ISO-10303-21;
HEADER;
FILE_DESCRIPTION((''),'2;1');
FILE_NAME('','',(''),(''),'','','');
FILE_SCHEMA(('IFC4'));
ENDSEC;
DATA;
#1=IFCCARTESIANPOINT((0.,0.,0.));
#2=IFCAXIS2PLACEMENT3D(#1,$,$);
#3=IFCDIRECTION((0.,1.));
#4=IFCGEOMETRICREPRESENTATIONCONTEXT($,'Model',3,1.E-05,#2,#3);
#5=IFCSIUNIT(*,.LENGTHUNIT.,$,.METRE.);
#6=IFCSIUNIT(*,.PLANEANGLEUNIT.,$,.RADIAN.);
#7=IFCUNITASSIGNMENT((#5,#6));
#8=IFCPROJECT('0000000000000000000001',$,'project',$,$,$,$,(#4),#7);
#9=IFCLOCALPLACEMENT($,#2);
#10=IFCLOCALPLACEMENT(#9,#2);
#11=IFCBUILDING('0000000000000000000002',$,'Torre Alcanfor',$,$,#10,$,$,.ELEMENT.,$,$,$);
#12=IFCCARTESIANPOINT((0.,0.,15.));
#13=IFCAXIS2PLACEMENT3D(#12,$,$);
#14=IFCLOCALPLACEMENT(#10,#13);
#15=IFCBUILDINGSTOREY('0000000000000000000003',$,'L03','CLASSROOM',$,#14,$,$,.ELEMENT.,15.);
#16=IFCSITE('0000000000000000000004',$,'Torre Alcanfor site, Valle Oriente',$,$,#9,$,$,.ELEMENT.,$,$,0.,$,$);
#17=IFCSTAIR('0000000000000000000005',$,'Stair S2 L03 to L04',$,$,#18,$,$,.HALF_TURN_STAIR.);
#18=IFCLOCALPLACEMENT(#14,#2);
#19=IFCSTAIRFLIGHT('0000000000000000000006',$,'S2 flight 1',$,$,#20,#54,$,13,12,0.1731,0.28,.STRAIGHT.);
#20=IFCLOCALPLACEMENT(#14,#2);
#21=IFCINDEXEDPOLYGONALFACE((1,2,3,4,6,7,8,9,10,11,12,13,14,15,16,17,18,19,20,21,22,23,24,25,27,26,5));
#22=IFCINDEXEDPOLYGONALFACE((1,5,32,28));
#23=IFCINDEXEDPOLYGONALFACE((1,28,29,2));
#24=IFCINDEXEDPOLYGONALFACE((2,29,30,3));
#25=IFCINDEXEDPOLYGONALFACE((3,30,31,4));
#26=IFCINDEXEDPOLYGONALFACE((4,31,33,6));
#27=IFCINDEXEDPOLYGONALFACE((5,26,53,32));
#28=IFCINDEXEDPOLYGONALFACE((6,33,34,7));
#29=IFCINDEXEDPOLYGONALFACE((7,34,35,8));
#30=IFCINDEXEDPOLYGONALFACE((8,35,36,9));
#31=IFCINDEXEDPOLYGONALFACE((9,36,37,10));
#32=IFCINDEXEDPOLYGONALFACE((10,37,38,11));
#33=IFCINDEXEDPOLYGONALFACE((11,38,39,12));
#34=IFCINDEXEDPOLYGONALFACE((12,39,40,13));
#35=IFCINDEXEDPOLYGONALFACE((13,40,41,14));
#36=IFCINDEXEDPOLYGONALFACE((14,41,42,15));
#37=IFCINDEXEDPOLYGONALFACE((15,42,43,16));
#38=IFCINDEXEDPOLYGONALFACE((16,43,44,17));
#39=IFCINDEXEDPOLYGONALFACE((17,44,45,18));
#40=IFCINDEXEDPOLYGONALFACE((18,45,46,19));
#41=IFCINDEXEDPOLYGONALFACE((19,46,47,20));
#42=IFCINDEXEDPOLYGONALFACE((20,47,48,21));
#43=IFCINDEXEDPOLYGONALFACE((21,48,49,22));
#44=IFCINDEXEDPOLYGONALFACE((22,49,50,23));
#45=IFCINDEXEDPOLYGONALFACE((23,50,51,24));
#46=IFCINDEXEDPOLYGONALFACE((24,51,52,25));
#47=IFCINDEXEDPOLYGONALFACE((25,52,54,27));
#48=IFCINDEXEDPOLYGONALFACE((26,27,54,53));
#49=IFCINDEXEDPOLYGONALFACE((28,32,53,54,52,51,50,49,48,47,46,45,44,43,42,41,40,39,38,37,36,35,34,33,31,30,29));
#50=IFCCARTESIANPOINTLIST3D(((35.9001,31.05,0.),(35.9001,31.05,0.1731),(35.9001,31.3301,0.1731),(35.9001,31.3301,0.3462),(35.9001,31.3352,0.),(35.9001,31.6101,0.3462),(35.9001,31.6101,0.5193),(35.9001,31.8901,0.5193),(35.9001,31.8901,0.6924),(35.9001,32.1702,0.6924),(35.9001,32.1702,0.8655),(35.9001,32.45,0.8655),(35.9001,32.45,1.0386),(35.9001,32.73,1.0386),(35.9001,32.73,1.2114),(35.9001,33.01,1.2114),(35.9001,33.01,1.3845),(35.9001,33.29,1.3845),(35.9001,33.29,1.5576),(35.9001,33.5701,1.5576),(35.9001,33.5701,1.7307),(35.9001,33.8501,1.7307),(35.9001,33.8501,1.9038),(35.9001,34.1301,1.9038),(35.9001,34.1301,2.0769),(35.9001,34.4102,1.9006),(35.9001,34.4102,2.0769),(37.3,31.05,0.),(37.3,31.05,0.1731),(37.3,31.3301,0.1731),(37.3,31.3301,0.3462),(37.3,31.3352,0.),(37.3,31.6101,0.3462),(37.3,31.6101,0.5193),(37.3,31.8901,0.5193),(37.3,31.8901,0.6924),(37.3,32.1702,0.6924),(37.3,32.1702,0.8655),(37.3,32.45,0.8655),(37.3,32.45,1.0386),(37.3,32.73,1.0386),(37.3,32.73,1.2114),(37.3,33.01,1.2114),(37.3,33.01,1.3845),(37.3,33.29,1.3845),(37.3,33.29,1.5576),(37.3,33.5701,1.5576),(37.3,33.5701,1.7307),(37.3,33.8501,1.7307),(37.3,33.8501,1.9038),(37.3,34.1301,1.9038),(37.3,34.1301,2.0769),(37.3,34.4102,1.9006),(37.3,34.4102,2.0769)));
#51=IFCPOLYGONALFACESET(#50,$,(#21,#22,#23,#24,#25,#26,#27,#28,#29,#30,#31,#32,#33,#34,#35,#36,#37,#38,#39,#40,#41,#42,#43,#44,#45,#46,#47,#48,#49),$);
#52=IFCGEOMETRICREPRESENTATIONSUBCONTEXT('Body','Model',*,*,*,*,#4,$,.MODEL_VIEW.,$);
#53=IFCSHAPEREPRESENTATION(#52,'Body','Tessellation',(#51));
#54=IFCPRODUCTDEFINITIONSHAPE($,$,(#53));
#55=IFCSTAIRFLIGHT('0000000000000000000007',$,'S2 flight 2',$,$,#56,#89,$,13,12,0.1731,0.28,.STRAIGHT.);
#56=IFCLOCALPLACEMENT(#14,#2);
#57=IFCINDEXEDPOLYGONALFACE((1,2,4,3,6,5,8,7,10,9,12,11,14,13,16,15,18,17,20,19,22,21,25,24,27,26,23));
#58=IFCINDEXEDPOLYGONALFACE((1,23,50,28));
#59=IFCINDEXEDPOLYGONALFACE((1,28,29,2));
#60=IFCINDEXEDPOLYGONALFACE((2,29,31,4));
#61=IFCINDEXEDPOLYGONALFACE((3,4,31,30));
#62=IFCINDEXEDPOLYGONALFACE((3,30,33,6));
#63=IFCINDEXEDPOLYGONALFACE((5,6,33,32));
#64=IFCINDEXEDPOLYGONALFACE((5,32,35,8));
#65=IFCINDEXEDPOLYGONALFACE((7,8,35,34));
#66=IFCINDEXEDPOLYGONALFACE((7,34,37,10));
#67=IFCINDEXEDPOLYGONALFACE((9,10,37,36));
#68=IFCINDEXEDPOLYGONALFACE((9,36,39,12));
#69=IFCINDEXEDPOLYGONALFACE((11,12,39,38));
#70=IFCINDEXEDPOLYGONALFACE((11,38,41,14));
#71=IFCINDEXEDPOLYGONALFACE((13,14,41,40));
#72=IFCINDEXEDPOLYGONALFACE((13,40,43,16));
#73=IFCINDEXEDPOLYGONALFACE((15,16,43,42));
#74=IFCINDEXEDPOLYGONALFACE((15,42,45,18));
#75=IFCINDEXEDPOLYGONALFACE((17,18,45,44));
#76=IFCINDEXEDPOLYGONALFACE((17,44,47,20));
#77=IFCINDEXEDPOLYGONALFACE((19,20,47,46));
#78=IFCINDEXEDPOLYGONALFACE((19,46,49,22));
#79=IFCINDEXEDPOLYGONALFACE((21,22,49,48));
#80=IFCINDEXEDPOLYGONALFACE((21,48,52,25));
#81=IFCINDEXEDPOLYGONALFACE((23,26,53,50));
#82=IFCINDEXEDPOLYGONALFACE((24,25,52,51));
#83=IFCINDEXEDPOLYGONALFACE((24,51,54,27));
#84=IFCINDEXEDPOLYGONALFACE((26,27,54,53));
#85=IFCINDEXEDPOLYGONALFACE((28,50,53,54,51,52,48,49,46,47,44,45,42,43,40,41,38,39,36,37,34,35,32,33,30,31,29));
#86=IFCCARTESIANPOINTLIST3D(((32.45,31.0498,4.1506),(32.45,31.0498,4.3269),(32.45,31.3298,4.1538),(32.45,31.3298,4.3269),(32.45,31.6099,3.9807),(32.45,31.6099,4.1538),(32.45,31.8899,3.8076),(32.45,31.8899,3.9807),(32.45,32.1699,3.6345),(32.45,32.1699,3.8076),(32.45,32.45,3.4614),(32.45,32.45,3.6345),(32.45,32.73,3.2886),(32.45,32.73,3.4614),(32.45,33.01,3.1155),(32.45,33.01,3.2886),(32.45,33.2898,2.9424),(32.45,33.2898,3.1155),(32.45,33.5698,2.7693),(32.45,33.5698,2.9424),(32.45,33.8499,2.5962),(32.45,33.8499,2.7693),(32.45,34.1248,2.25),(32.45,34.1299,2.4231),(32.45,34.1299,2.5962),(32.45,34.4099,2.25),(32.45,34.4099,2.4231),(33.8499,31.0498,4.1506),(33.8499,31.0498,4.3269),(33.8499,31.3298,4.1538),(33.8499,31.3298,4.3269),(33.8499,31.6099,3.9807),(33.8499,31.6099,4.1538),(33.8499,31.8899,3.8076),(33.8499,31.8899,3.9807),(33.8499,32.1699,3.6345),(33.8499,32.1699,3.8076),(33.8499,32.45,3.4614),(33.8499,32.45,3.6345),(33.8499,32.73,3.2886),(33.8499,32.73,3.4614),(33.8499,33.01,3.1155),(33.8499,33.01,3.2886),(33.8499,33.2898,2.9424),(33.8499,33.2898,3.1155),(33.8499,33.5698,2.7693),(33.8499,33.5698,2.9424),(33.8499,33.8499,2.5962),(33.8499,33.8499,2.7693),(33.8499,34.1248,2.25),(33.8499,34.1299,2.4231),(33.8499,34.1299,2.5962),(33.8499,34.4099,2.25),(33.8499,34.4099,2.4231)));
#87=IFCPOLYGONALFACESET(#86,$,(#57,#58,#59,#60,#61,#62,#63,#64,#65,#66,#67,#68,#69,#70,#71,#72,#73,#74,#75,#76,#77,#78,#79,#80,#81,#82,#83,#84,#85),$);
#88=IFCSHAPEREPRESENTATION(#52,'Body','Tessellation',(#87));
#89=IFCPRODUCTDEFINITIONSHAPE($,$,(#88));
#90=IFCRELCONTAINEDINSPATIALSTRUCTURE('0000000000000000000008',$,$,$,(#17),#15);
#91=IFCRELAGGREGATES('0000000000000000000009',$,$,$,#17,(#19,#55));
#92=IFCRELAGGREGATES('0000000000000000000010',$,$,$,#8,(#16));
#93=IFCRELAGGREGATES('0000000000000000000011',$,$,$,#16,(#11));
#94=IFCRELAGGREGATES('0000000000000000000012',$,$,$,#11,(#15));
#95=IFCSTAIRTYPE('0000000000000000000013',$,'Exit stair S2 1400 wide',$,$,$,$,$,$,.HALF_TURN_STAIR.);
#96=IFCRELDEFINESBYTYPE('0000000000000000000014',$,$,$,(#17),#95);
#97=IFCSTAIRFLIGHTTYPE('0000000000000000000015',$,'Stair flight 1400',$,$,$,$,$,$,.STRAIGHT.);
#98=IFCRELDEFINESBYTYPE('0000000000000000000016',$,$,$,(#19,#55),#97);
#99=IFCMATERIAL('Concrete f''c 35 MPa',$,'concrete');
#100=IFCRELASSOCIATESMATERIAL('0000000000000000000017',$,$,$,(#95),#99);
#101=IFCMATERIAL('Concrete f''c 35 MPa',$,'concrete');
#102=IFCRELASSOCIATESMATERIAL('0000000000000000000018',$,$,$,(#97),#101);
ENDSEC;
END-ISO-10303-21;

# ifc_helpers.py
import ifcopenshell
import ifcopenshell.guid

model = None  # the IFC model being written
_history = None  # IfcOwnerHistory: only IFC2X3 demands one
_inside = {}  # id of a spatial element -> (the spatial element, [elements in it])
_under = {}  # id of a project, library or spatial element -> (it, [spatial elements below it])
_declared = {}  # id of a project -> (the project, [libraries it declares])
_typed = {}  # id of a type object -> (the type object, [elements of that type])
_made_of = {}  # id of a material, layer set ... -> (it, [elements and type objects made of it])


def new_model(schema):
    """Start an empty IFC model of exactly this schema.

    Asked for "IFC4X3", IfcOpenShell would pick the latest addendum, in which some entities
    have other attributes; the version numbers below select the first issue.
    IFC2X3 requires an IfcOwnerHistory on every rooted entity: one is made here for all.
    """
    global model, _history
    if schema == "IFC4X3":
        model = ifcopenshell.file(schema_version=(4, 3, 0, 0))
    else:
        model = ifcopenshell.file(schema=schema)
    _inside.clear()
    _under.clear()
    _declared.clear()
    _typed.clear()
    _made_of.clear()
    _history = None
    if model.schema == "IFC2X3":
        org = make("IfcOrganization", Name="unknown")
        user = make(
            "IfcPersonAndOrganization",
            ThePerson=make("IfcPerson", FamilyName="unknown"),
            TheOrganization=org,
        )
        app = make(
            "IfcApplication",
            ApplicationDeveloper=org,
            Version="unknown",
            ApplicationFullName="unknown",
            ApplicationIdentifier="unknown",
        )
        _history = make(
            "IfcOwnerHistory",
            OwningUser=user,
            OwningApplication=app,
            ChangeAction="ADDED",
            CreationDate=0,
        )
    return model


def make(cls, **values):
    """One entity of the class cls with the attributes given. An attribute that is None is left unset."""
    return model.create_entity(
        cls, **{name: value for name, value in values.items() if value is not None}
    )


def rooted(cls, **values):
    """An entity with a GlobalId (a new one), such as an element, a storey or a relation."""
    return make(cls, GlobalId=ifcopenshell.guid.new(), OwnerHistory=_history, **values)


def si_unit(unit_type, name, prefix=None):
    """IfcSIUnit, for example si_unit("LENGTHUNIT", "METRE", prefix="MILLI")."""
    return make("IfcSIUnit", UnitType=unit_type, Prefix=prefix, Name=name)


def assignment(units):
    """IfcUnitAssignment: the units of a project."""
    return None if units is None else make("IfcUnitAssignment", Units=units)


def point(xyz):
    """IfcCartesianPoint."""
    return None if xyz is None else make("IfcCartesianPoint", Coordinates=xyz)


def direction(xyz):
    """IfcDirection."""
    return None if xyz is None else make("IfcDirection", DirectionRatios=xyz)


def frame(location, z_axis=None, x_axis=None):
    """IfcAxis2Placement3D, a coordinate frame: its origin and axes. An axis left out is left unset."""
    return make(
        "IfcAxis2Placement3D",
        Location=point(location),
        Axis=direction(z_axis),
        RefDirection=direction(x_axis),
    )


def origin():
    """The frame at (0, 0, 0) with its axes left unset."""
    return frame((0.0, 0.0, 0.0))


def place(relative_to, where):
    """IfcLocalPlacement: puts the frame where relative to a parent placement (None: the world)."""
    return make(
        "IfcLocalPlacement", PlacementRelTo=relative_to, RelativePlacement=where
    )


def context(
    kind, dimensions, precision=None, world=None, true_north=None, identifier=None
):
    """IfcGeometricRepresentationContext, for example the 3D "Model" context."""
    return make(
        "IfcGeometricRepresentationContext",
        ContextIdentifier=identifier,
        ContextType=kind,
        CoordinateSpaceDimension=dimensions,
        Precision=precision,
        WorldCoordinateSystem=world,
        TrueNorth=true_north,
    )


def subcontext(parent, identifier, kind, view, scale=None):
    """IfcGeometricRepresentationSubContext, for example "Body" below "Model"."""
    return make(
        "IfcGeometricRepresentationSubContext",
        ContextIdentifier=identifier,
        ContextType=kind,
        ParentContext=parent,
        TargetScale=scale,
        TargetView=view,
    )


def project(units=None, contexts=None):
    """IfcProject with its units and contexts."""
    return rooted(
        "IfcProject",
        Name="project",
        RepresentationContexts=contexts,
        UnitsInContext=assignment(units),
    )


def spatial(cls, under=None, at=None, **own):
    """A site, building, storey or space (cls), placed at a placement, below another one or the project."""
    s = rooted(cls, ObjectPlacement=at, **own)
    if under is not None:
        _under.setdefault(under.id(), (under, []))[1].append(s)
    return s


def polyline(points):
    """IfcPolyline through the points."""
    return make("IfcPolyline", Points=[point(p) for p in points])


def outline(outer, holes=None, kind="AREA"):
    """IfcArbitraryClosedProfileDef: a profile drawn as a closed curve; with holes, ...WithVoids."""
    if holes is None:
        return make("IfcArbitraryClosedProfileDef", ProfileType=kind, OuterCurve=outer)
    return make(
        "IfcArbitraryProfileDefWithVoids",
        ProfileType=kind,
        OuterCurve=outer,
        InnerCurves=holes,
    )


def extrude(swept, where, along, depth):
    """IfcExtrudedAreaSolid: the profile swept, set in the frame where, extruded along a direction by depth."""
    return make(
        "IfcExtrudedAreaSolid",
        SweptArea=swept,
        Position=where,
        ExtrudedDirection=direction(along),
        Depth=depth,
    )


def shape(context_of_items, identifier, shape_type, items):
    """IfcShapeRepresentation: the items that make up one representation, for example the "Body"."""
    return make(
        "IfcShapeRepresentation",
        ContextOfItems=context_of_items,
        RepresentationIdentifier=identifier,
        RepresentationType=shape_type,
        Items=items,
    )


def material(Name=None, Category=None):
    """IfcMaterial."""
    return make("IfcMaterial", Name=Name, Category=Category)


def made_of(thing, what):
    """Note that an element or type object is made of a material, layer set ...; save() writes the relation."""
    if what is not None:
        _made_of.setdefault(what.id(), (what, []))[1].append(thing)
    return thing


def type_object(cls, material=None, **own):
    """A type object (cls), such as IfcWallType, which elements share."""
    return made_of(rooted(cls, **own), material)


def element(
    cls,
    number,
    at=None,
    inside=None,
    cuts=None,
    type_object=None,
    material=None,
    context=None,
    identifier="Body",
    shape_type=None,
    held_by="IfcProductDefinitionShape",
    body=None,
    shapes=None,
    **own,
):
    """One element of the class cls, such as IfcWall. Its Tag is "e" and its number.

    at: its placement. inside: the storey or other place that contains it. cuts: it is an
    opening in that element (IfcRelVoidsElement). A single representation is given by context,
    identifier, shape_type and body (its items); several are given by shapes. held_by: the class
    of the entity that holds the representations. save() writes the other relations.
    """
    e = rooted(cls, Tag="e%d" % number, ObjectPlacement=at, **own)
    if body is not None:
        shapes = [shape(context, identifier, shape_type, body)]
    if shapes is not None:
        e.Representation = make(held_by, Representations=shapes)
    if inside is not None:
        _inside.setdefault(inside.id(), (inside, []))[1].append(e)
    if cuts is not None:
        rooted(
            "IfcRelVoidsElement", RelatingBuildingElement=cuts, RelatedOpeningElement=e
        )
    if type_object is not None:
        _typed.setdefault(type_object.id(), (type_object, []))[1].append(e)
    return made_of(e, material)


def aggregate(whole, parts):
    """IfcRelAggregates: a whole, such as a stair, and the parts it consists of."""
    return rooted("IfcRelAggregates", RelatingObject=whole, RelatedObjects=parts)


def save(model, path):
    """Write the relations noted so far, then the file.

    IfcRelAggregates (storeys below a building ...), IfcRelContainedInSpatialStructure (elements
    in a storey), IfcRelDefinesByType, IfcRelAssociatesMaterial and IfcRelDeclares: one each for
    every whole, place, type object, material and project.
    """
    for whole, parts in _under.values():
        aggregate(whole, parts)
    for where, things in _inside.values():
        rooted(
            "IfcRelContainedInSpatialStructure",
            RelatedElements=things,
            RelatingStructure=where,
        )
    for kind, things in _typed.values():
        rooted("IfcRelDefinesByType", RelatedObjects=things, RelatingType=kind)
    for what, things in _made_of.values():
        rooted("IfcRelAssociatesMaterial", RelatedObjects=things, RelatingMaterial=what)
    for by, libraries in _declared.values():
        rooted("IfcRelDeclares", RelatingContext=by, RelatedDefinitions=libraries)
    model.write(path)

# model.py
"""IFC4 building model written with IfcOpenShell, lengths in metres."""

from ifc_helpers import new_model, si_unit, direction, frame, origin, place, context, subcontext, project, spatial, polyline, outline, extrude, material, type_object, element, aggregate, save


model = new_model("IFC4")

# Units and contexts
model_context = context("Model", 3, precision=1e-05, world=origin(), true_north=direction((0.0, 1.0)))
body_context = subcontext(model_context, "Body", "Model", "MODEL_VIEW")
ifc_project = project(units=[si_unit("LENGTHUNIT", "METRE"), si_unit("PLANEANGLEUNIT", "RADIAN")], contexts=[model_context])

# Site, building, storey
site_placement = place(None, origin())
site = spatial("IfcSite", under=ifc_project, at=site_placement, Name="Torre Alcanfor site, Valle Oriente", CompositionType="ELEMENT", RefElevation=0.0)
building_placement = place(site_placement, origin())
building = spatial("IfcBuilding", under=site, at=building_placement, Name="Torre Alcanfor", CompositionType="ELEMENT")
storey_placement = place(building_placement, frame((0.0, 0.0, 15.0)))
storey = spatial("IfcBuildingStorey", under=building, at=storey_placement, Name="L03", Description="CLASSROOM", CompositionType="ELEMENT", Elevation=15.0)

# Stair, stair flights
ifc_material_1 = material(Name="Concrete f'c 35 MPa", Category="concrete")
stair_type = type_object("IfcStairType", Name="Exit stair S2 1400 wide", PredefinedType="HALF_TURN_STAIR", material=ifc_material_1)
stair_placement = place(storey_placement, origin())
stair = element("IfcStair", 1, at=stair_placement, inside=storey, type_object=stair_type, Name="Stair S2 L03 to L04", PredefinedType="HALF_TURN_STAIR")
ifc_material_2 = material(Name="Concrete f'c 35 MPa", Category="concrete")
stair_flight_type = type_object("IfcStairFlightType", Name="Stair flight 1400", PredefinedType="STRAIGHT", material=ifc_material_2)
stair_flight_1_placement = place(storey_placement, frame((36.6001, 31.05, 0.0), z_axis=(0.0, 0.0, 1.0), x_axis=(0.0, 1.0, 0.0)))
stair_flight_1 = element("IfcStairFlight", 2, at=stair_flight_1_placement, type_object=stair_flight_type, Name="S2 flight 1", NumberOfRisers=13, NumberOfTreads=12, PredefinedType="STRAIGHT", RiserHeight=0.1731, TreadLength=0.28, context=body_context, shape_type="SweptSolid", body=[
    extrude(outline(polyline([(0.0, 0.0), (0.0, 0.1731), (0.28, 0.1731), (0.28, 0.3462), (0.5601, 0.3462), (0.5601, 0.5193), (0.8401, 0.5193), (0.8401, 0.6924), (1.1201, 0.6924), (1.1201, 0.8655), (1.3999, 0.8655), (1.3999, 1.0386), (1.6799, 1.0386), (1.6799, 1.2114), (1.96, 1.2114), (1.96, 1.3845), (2.24, 1.3845), (2.24, 1.5576), (2.52, 1.5576), (2.52, 1.7307), (2.8, 1.7307), (2.8, 1.9038), (3.0801, 1.9038), (3.0801, 2.0769), (3.3601, 2.0769), (3.3601, 2.25), (3.3601, 1.9006), (0.2852, 0.0), (0.0, 0.0)])), frame((0.0, 0.7, 0.0), z_axis=(0.0, -1.0, 0.0), x_axis=(1.0, 0.0, 0.0)), (0.0, 0.0, 1.0), 1.3999),
])
stair_flight_2_placement = place(storey_placement, frame((33.1499, 34.4099, 2.25), z_axis=(0.0, 0.0, 1.0), x_axis=(0.0, -1.0, 0.0)))
stair_flight_2 = element("IfcStairFlight", 3, at=stair_flight_2_placement, type_object=stair_flight_type, Name="S2 flight 2", NumberOfRisers=13, NumberOfTreads=12, PredefinedType="STRAIGHT", RiserHeight=0.1731, TreadLength=0.28, context=body_context, shape_type="SweptSolid", body=[
    extrude(outline(polyline([(0.0, 0.0), (0.0, 0.1731), (0.28, 0.1731), (0.28, 0.3462), (0.5601, 0.3462), (0.5601, 0.5193), (0.8401, 0.5193), (0.8401, 0.6924), (1.1201, 0.6924), (1.1201, 0.8655), (1.3999, 0.8655), (1.3999, 1.0386), (1.6799, 1.0386), (1.6799, 1.2114), (1.96, 1.2114), (1.96, 1.3845), (2.24, 1.3845), (2.24, 1.5576), (2.52, 1.5576), (2.52, 1.7307), (2.8, 1.7307), (2.8, 1.9038), (3.0801, 1.9038), (3.0801, 2.0769), (3.3601, 2.0769), (3.3601, 2.25), (3.3601, 1.9006), (0.2852, 0.0), (0.0, 0.0)])), frame((0.0, 0.7, 0.0), z_axis=(0.0, -1.0, 0.0), x_axis=(1.0, 0.0, 0.0)), (0.0, 0.0, 1.0), 1.3999),
])
aggregate(stair, [stair_flight_1, stair_flight_2])

save(model, "model.ifc")
